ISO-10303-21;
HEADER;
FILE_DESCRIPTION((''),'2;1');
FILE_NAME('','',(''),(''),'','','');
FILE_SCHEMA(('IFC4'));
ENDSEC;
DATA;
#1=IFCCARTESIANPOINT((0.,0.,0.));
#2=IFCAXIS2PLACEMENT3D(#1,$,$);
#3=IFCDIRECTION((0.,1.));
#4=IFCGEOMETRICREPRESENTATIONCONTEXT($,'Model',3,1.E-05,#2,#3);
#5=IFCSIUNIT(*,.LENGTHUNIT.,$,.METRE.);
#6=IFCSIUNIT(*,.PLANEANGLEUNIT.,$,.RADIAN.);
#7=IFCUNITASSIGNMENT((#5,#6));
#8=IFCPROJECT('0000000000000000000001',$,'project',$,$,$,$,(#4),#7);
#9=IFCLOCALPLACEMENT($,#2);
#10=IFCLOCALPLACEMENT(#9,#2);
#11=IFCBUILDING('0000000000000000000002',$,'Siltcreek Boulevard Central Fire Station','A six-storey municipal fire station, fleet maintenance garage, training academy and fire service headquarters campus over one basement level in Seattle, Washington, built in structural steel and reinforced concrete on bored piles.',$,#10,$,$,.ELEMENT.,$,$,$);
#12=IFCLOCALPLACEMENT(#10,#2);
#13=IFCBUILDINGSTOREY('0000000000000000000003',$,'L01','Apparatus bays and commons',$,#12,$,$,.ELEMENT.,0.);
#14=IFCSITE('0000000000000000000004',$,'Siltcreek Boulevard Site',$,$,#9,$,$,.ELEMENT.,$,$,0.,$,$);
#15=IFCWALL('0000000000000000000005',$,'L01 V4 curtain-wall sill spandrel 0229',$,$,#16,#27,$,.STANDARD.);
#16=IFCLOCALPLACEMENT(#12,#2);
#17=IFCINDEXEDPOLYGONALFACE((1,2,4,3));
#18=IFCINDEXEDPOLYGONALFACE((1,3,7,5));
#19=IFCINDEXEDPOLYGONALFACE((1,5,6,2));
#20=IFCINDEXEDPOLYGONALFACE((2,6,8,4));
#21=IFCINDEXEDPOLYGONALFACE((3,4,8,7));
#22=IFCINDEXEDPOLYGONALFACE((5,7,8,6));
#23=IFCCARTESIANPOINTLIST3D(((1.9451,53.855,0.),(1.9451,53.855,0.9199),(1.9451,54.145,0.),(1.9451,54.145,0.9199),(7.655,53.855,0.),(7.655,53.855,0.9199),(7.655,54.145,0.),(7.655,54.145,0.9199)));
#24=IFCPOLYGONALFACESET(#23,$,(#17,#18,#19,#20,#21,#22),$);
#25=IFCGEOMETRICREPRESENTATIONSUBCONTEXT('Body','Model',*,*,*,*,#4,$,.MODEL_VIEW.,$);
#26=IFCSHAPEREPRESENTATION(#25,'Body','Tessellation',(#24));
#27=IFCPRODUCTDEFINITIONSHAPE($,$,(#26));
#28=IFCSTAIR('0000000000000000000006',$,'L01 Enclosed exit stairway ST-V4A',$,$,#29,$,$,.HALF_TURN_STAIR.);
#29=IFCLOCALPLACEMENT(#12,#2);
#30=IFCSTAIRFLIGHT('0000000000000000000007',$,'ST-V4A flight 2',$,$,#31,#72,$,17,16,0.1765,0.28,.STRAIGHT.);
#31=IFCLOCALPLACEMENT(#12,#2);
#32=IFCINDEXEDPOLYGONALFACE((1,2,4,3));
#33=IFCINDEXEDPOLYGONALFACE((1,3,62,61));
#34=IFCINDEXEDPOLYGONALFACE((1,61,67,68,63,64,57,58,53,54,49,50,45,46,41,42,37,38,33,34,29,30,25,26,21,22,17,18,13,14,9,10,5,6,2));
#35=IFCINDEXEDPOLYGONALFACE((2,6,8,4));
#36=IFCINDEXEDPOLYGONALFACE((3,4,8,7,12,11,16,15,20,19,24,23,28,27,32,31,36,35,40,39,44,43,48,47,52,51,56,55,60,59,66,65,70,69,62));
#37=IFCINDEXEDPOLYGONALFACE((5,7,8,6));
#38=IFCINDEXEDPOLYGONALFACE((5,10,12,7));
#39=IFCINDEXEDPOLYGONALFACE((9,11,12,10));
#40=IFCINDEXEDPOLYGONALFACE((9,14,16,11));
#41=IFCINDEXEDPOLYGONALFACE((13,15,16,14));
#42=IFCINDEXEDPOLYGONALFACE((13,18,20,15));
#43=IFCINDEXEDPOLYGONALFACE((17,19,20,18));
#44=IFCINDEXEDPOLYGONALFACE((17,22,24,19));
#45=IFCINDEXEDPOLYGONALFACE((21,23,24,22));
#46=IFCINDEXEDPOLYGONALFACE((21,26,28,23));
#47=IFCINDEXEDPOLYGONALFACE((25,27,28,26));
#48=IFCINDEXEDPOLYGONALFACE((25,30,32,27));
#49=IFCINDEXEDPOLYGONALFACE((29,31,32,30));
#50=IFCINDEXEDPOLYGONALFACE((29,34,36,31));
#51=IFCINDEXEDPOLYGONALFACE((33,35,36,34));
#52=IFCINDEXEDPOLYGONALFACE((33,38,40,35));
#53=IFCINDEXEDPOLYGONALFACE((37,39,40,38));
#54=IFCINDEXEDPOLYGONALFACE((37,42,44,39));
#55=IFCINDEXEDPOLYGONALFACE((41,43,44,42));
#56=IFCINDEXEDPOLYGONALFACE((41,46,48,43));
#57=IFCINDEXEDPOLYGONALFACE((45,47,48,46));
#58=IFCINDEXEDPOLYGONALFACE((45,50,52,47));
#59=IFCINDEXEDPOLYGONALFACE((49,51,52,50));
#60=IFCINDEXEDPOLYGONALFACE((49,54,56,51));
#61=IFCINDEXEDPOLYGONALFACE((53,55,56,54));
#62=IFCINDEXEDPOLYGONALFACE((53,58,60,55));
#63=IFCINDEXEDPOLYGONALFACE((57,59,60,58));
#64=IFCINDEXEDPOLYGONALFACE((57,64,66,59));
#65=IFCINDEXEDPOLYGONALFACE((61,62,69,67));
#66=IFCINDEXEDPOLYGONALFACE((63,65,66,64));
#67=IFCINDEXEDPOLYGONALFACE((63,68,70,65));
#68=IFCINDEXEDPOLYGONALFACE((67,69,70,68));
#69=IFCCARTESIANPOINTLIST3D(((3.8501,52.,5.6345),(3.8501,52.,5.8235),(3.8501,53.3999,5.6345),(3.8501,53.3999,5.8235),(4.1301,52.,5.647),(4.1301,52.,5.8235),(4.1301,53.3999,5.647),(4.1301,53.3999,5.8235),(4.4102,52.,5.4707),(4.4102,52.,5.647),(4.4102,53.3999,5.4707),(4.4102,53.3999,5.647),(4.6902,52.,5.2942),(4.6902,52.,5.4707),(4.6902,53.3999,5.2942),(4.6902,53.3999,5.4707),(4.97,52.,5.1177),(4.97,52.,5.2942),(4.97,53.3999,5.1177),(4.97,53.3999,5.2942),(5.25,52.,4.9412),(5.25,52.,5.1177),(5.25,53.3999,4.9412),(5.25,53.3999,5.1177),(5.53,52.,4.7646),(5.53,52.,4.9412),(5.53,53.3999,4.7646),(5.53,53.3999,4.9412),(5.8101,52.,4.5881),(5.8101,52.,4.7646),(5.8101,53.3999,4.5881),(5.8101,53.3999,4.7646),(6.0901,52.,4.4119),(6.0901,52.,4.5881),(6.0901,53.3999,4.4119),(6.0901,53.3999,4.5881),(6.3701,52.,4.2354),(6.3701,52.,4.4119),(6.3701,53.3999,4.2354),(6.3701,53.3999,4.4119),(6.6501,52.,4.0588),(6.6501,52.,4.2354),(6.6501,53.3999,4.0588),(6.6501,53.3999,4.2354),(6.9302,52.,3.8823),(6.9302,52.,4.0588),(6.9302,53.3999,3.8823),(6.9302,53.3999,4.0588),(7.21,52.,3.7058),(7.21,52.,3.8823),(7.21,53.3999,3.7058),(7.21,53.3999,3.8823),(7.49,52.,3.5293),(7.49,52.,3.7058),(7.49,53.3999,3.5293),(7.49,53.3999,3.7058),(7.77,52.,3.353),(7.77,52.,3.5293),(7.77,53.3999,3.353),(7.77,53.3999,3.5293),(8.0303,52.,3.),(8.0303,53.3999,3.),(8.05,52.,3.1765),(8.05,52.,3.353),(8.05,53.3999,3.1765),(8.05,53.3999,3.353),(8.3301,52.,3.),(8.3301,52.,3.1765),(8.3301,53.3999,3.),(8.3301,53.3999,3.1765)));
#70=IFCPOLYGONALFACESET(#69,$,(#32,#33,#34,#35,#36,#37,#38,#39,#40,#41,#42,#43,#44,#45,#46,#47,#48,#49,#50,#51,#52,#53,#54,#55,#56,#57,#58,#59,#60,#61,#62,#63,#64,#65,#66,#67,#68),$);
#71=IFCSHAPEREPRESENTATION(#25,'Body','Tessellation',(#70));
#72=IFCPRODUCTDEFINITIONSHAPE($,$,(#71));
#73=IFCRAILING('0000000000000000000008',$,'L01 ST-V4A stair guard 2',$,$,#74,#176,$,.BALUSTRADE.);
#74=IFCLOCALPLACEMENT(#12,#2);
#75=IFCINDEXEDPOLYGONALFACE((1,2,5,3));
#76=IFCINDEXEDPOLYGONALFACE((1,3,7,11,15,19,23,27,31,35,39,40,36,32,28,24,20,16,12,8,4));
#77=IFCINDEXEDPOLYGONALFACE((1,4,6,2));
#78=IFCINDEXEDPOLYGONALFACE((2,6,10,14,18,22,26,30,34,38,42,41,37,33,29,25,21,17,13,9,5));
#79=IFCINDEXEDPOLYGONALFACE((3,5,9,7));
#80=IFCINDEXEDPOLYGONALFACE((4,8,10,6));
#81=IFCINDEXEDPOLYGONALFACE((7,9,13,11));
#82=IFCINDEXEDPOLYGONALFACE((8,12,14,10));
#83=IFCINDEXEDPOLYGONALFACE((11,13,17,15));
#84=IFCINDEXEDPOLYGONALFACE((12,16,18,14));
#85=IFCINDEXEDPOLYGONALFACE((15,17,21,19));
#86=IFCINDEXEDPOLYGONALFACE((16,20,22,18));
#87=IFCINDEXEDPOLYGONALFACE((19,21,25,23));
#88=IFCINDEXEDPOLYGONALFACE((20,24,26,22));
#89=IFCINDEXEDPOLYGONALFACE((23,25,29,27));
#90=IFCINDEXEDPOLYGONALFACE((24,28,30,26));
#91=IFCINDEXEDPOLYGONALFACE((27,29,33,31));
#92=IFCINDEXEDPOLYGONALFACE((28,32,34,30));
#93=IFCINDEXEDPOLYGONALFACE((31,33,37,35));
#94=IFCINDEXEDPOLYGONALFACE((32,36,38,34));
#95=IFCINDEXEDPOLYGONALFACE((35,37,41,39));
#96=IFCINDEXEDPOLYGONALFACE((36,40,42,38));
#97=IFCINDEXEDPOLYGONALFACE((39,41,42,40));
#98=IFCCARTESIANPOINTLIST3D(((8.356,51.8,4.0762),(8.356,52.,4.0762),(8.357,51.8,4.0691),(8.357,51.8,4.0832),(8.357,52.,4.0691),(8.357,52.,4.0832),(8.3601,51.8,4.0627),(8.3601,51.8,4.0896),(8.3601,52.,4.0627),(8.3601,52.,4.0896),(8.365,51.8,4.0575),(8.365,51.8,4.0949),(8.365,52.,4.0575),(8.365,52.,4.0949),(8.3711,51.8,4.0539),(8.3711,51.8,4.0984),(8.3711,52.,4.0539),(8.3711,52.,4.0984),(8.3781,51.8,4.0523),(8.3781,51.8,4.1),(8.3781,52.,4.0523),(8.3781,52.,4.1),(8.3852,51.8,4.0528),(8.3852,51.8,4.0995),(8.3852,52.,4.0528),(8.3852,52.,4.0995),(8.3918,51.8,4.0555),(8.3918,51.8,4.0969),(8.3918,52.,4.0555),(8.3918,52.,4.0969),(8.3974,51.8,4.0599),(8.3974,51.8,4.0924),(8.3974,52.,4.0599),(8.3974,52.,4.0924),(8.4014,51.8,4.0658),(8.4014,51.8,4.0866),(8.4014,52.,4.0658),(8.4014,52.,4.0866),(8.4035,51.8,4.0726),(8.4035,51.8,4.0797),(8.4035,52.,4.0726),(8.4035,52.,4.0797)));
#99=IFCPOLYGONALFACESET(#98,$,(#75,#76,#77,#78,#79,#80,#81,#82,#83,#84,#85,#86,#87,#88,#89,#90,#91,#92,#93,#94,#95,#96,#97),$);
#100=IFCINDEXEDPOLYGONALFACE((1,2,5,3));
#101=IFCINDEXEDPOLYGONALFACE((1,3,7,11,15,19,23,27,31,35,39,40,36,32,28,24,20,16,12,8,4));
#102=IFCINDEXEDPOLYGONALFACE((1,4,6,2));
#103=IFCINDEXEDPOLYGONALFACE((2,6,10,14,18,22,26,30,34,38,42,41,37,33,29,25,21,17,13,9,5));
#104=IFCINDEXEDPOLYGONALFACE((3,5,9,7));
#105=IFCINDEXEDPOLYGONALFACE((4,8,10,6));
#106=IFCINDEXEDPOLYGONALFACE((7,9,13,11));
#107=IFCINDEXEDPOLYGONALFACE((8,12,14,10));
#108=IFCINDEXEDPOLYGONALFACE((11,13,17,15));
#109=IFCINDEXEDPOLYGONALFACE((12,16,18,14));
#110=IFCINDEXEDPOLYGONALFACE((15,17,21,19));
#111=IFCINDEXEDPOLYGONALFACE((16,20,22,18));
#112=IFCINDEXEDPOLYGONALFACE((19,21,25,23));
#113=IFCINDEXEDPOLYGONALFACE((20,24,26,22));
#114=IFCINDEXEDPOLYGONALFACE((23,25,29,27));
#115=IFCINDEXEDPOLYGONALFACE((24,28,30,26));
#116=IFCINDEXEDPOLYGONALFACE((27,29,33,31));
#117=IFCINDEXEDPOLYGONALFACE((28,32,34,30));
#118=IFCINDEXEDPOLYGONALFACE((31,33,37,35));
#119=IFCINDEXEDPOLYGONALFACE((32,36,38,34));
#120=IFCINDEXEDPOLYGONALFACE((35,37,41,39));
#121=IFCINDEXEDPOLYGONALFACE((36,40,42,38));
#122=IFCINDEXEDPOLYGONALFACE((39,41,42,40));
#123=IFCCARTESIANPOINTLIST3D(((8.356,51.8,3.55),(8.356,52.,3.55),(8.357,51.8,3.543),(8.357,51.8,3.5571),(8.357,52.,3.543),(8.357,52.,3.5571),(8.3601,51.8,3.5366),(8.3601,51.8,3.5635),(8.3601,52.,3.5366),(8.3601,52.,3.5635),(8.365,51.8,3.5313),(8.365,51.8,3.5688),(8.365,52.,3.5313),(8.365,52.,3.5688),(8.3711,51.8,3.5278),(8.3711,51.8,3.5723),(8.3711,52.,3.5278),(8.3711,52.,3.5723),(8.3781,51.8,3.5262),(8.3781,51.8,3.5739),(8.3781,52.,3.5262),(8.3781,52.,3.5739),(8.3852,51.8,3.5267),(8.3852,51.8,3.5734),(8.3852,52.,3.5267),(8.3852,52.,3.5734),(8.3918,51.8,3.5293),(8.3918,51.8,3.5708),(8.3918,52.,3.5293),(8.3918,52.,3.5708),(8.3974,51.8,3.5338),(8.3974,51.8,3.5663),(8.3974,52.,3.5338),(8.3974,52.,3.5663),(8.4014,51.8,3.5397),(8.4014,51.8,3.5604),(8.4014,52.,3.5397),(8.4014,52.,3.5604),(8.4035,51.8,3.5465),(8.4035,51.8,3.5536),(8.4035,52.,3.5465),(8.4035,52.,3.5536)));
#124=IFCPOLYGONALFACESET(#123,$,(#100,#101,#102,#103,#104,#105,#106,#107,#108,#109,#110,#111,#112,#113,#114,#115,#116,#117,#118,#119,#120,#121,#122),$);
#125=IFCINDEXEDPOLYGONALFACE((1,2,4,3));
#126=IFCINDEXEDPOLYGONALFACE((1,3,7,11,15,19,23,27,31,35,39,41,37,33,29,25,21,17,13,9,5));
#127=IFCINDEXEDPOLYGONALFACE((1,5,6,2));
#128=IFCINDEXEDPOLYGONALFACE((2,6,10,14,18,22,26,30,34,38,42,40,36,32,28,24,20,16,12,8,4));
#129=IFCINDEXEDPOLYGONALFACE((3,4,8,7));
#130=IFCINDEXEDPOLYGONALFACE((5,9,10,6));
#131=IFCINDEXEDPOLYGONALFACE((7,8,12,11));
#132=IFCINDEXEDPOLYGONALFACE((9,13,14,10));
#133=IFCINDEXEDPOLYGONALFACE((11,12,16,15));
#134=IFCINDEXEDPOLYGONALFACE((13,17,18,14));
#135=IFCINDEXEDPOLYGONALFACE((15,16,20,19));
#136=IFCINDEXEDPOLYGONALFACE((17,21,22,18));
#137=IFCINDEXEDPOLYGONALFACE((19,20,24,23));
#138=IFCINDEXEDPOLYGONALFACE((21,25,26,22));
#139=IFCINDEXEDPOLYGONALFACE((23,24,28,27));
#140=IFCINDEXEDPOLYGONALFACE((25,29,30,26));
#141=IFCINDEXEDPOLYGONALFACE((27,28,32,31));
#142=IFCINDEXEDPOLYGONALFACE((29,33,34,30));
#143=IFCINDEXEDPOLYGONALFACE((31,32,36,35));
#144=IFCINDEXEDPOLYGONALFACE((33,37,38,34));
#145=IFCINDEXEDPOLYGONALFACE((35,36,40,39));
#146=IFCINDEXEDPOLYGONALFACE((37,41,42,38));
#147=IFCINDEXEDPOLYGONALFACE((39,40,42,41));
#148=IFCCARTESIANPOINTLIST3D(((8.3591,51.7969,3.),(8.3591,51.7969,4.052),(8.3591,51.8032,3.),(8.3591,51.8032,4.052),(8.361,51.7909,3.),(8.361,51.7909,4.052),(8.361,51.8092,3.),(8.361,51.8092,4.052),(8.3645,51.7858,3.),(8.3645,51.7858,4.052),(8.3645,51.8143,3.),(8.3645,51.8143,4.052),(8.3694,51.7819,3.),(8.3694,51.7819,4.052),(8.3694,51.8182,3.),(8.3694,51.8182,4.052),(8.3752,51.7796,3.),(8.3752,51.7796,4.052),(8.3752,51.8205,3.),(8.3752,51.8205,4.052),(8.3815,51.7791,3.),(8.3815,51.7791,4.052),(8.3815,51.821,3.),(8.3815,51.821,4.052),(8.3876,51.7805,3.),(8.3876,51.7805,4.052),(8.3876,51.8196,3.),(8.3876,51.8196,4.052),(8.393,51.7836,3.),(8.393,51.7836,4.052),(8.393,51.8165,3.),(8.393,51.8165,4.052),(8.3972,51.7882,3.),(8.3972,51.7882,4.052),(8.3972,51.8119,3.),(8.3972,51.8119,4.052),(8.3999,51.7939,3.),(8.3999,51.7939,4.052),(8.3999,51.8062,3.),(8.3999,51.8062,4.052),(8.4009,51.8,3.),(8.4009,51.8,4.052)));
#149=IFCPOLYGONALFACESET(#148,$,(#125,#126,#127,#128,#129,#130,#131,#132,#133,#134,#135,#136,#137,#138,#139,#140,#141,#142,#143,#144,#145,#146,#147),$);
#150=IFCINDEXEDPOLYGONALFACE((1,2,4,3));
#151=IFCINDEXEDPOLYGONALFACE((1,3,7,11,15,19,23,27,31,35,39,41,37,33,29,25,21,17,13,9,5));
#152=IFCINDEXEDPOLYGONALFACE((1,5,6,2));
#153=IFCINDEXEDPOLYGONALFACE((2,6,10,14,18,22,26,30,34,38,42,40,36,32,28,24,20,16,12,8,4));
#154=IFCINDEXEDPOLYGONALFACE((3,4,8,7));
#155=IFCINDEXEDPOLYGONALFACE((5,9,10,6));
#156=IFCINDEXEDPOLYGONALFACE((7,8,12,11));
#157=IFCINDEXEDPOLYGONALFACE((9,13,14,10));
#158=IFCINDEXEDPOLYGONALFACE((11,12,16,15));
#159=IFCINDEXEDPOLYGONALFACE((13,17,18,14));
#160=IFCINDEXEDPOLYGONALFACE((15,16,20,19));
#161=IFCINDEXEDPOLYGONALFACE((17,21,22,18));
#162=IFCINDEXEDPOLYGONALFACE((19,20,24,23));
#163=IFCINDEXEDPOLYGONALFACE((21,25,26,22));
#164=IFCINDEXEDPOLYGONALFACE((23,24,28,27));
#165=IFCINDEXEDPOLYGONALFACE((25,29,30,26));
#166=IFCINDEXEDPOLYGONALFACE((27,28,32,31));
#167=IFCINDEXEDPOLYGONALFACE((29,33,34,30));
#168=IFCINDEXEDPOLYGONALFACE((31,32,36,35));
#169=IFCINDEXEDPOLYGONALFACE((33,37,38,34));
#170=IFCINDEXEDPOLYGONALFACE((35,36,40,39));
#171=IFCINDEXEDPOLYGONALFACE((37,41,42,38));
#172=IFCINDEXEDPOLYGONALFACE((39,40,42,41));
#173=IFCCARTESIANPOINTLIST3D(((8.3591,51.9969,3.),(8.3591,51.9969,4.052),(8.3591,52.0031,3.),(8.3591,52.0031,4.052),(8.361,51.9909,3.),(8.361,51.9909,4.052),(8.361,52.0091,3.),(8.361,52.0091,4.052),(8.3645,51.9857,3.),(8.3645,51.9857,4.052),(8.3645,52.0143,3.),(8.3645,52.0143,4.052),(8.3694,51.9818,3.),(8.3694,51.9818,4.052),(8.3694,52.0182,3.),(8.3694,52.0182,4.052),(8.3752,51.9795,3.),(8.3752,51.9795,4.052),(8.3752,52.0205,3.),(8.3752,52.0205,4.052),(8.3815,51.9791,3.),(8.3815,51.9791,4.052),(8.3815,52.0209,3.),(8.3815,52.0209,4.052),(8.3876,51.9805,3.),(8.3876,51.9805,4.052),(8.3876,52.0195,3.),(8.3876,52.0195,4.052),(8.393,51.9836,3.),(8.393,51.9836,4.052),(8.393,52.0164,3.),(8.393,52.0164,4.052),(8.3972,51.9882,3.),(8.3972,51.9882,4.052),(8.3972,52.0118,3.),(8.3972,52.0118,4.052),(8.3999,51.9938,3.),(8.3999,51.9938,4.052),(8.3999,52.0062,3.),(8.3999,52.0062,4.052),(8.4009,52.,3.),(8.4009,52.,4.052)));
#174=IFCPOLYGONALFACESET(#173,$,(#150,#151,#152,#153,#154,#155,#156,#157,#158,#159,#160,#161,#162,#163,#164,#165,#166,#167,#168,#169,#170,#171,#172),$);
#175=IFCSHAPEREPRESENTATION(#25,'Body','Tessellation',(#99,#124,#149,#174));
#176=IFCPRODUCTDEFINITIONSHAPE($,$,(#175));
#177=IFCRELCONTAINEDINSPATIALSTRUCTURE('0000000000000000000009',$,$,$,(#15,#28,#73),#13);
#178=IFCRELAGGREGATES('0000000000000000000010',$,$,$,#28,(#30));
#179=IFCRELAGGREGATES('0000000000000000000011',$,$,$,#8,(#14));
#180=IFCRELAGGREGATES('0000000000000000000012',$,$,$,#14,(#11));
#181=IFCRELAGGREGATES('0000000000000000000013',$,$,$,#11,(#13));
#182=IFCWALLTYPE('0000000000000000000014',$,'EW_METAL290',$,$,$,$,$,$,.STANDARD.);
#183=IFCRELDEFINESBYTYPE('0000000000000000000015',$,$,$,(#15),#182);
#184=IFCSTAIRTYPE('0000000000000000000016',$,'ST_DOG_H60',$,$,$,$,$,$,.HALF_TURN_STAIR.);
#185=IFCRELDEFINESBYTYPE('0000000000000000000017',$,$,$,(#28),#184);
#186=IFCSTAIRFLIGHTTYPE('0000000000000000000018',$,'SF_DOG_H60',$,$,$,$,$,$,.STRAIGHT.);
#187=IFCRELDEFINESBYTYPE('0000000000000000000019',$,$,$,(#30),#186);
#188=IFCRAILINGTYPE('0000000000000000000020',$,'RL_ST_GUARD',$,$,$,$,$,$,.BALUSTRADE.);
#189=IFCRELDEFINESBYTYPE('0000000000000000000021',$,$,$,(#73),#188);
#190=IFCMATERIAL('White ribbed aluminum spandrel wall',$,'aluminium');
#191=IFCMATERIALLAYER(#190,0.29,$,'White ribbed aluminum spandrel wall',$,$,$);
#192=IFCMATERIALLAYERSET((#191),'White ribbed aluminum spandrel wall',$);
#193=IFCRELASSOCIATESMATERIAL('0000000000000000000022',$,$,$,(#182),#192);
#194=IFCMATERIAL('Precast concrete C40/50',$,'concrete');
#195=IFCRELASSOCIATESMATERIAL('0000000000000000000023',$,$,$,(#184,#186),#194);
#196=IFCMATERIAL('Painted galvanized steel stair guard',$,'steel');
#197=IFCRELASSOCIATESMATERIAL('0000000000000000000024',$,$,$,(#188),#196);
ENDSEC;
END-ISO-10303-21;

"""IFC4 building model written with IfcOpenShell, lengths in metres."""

from ifc_helpers import new_model, si_unit, direction, frame, frame_2d, origin, origin_2d, place, context, subcontext, project, spatial, polyline, rectangle, circle, outline, extrude, material, layer, layer_set, type_object, element, aggregate, save


model = new_model("IFC4")

# Units and contexts
model_context = context("Model", 3, precision=1e-05, world=origin(), true_north=direction((0.0, 1.0)))
body_context = subcontext(model_context, "Body", "Model", "MODEL_VIEW")
ifc_project = project(units=[si_unit("LENGTHUNIT", "METRE"), si_unit("PLANEANGLEUNIT", "RADIAN")], contexts=[model_context])

# Site, building, storey
site_placement = place(None, origin())
site = spatial("IfcSite", under=ifc_project, at=site_placement, Name="Siltcreek Boulevard Site", CompositionType="ELEMENT", RefElevation=0.0)
building_placement = place(site_placement, origin())
building = spatial("IfcBuilding", under=site, at=building_placement, Name="Siltcreek Boulevard Central Fire Station", Description="A six-storey municipal fire station, fleet maintenance garage, training academy and fire service headquarters campus over one basement level in Seattle, Washington, built in structural steel and reinforced concrete on bored piles.", CompositionType="ELEMENT")
storey_placement = place(building_placement, origin())
storey = spatial("IfcBuildingStorey", under=building, at=storey_placement, Name="L01", Description="Apparatus bays and commons", CompositionType="ELEMENT", Elevation=0.0)

# Wall
ifc_material_1 = material(Name="White ribbed aluminum spandrel wall", Category="aluminium")
ifc_layer_1 = layer(ifc_material_1, 0.29, Name="White ribbed aluminum spandrel wall")
ifc_layer_set_1 = layer_set([ifc_layer_1], Name="White ribbed aluminum spandrel wall")
wall_type = type_object("IfcWallType", Name="EW_METAL290", PredefinedType="STANDARD", material=ifc_layer_set_1)
wall_placement = place(storey_placement, frame((7.655, 54.0, 0.0), z_axis=(0.0, 0.0, 1.0), x_axis=(-1.0, 0.0, 0.0)))
element("IfcWall", 1, at=wall_placement, inside=storey, type_object=wall_type, Name="L01 V4 curtain-wall sill spandrel 0229", PredefinedType="STANDARD", context=body_context, shape_type="SweptSolid", body=[
    extrude(rectangle(XDim=5.71, YDim=0.29, at=frame_2d((2.855, 0.0))), origin(), (0.0, 0.0, 1.0), 0.9199),
])

# Stair, stair flight
ifc_material_2 = material(Name="Precast concrete C40/50", Category="concrete")
stair_type = type_object("IfcStairType", Name="ST_DOG_H60", PredefinedType="HALF_TURN_STAIR", material=ifc_material_2)
stair_placement = place(storey_placement, origin())
stair = element("IfcStair", 2, at=stair_placement, inside=storey, type_object=stair_type, Name="L01 Enclosed exit stairway ST-V4A", PredefinedType="HALF_TURN_STAIR")
stair_flight_type = type_object("IfcStairFlightType", Name="SF_DOG_H60", PredefinedType="STRAIGHT", material=ifc_material_2)
stair_flight_placement = place(storey_placement, frame((8.3301, 52.7, 3.0), z_axis=(0.0, 0.0, 1.0), x_axis=(-1.0, 0.0, 0.0)))
stair_flight = element("IfcStairFlight", 3, at=stair_flight_placement, type_object=stair_flight_type, Name="ST-V4A flight 2", NumberOfRisers=17, NumberOfTreads=16, PredefinedType="STRAIGHT", RiserHeight=0.1765, TreadLength=0.28, context=body_context, shape_type="SweptSolid", body=[
    extrude(outline(polyline([(0.0, 0.0), (0.0, 0.1765), (0.28, 0.1765), (0.28, 0.353), (0.5601, 0.353), (0.5601, 0.5293), (0.8401, 0.5293), (0.8401, 0.7058), (1.1201, 0.7058), (1.1201, 0.8823), (1.3999, 0.8823), (1.3999, 1.0588), (1.6799, 1.0588), (1.6799, 1.2354), (1.96, 1.2354), (1.96, 1.4119), (2.24, 1.4119), (2.24, 1.5881), (2.52, 1.5881), (2.52, 1.7646), (2.8, 1.7646), (2.8, 1.9412), (3.0801, 1.9412), (3.0801, 2.1177), (3.3601, 2.1177), (3.3601, 2.2942), (3.6399, 2.2942), (3.6399, 2.4707), (3.9199, 2.4707), (3.9199, 2.647), (4.2, 2.647), (4.2, 2.8235), (4.48, 2.8235), (4.48, 3.0), (4.48, 2.6345), (0.2998, 0.0), (0.0, 0.0)])), frame((0.0, 0.7, 0.0), z_axis=(0.0, -1.0, 0.0), x_axis=(1.0, 0.0, 0.0)), (0.0, 0.0, 1.0), 1.3999),
])
aggregate(stair, [stair_flight])

# Railing
ifc_material_3 = material(Name="Painted galvanized steel stair guard", Category="steel")
railing_type_1 = type_object("IfcRailingType", Name="RL_ST_GUARD", PredefinedType="BALUSTRADE", material=ifc_material_3)
railing_1_placement = place(storey_placement, frame((8.3799, 51.8, 3.0)))
element("IfcRailing", 4, at=railing_1_placement, inside=storey, type_object=railing_type_1, Name="L01 ST-V4A stair guard 2", PredefinedType="BALUSTRADE", context=body_context, shape_type="SweptSolid", body=[
    extrude(circle(Radius=0.0239, at=origin_2d()), frame((0.0, 0.0, 1.0762), z_axis=(0.0, 1.0, 0.0), x_axis=(-1.0, 0.0, 0.0)), (0.0, 0.0, 1.0), 0.2),
    extrude(circle(Radius=0.0239, at=origin_2d()), frame((0.0, 0.0, 0.55), z_axis=(0.0, 1.0, 0.0), x_axis=(-1.0, 0.0, 0.0)), (0.0, 0.0, 1.0), 0.2),
    extrude(circle(Radius=0.021, at=origin_2d()), origin(), (0.0, 0.0, 1.0), 1.052),
    extrude(circle(Radius=0.021, at=origin_2d()), frame((0.0, 0.2, 0.0)), (0.0, 0.0, 1.0), 1.052),
])

save(model, "model.ifc")
